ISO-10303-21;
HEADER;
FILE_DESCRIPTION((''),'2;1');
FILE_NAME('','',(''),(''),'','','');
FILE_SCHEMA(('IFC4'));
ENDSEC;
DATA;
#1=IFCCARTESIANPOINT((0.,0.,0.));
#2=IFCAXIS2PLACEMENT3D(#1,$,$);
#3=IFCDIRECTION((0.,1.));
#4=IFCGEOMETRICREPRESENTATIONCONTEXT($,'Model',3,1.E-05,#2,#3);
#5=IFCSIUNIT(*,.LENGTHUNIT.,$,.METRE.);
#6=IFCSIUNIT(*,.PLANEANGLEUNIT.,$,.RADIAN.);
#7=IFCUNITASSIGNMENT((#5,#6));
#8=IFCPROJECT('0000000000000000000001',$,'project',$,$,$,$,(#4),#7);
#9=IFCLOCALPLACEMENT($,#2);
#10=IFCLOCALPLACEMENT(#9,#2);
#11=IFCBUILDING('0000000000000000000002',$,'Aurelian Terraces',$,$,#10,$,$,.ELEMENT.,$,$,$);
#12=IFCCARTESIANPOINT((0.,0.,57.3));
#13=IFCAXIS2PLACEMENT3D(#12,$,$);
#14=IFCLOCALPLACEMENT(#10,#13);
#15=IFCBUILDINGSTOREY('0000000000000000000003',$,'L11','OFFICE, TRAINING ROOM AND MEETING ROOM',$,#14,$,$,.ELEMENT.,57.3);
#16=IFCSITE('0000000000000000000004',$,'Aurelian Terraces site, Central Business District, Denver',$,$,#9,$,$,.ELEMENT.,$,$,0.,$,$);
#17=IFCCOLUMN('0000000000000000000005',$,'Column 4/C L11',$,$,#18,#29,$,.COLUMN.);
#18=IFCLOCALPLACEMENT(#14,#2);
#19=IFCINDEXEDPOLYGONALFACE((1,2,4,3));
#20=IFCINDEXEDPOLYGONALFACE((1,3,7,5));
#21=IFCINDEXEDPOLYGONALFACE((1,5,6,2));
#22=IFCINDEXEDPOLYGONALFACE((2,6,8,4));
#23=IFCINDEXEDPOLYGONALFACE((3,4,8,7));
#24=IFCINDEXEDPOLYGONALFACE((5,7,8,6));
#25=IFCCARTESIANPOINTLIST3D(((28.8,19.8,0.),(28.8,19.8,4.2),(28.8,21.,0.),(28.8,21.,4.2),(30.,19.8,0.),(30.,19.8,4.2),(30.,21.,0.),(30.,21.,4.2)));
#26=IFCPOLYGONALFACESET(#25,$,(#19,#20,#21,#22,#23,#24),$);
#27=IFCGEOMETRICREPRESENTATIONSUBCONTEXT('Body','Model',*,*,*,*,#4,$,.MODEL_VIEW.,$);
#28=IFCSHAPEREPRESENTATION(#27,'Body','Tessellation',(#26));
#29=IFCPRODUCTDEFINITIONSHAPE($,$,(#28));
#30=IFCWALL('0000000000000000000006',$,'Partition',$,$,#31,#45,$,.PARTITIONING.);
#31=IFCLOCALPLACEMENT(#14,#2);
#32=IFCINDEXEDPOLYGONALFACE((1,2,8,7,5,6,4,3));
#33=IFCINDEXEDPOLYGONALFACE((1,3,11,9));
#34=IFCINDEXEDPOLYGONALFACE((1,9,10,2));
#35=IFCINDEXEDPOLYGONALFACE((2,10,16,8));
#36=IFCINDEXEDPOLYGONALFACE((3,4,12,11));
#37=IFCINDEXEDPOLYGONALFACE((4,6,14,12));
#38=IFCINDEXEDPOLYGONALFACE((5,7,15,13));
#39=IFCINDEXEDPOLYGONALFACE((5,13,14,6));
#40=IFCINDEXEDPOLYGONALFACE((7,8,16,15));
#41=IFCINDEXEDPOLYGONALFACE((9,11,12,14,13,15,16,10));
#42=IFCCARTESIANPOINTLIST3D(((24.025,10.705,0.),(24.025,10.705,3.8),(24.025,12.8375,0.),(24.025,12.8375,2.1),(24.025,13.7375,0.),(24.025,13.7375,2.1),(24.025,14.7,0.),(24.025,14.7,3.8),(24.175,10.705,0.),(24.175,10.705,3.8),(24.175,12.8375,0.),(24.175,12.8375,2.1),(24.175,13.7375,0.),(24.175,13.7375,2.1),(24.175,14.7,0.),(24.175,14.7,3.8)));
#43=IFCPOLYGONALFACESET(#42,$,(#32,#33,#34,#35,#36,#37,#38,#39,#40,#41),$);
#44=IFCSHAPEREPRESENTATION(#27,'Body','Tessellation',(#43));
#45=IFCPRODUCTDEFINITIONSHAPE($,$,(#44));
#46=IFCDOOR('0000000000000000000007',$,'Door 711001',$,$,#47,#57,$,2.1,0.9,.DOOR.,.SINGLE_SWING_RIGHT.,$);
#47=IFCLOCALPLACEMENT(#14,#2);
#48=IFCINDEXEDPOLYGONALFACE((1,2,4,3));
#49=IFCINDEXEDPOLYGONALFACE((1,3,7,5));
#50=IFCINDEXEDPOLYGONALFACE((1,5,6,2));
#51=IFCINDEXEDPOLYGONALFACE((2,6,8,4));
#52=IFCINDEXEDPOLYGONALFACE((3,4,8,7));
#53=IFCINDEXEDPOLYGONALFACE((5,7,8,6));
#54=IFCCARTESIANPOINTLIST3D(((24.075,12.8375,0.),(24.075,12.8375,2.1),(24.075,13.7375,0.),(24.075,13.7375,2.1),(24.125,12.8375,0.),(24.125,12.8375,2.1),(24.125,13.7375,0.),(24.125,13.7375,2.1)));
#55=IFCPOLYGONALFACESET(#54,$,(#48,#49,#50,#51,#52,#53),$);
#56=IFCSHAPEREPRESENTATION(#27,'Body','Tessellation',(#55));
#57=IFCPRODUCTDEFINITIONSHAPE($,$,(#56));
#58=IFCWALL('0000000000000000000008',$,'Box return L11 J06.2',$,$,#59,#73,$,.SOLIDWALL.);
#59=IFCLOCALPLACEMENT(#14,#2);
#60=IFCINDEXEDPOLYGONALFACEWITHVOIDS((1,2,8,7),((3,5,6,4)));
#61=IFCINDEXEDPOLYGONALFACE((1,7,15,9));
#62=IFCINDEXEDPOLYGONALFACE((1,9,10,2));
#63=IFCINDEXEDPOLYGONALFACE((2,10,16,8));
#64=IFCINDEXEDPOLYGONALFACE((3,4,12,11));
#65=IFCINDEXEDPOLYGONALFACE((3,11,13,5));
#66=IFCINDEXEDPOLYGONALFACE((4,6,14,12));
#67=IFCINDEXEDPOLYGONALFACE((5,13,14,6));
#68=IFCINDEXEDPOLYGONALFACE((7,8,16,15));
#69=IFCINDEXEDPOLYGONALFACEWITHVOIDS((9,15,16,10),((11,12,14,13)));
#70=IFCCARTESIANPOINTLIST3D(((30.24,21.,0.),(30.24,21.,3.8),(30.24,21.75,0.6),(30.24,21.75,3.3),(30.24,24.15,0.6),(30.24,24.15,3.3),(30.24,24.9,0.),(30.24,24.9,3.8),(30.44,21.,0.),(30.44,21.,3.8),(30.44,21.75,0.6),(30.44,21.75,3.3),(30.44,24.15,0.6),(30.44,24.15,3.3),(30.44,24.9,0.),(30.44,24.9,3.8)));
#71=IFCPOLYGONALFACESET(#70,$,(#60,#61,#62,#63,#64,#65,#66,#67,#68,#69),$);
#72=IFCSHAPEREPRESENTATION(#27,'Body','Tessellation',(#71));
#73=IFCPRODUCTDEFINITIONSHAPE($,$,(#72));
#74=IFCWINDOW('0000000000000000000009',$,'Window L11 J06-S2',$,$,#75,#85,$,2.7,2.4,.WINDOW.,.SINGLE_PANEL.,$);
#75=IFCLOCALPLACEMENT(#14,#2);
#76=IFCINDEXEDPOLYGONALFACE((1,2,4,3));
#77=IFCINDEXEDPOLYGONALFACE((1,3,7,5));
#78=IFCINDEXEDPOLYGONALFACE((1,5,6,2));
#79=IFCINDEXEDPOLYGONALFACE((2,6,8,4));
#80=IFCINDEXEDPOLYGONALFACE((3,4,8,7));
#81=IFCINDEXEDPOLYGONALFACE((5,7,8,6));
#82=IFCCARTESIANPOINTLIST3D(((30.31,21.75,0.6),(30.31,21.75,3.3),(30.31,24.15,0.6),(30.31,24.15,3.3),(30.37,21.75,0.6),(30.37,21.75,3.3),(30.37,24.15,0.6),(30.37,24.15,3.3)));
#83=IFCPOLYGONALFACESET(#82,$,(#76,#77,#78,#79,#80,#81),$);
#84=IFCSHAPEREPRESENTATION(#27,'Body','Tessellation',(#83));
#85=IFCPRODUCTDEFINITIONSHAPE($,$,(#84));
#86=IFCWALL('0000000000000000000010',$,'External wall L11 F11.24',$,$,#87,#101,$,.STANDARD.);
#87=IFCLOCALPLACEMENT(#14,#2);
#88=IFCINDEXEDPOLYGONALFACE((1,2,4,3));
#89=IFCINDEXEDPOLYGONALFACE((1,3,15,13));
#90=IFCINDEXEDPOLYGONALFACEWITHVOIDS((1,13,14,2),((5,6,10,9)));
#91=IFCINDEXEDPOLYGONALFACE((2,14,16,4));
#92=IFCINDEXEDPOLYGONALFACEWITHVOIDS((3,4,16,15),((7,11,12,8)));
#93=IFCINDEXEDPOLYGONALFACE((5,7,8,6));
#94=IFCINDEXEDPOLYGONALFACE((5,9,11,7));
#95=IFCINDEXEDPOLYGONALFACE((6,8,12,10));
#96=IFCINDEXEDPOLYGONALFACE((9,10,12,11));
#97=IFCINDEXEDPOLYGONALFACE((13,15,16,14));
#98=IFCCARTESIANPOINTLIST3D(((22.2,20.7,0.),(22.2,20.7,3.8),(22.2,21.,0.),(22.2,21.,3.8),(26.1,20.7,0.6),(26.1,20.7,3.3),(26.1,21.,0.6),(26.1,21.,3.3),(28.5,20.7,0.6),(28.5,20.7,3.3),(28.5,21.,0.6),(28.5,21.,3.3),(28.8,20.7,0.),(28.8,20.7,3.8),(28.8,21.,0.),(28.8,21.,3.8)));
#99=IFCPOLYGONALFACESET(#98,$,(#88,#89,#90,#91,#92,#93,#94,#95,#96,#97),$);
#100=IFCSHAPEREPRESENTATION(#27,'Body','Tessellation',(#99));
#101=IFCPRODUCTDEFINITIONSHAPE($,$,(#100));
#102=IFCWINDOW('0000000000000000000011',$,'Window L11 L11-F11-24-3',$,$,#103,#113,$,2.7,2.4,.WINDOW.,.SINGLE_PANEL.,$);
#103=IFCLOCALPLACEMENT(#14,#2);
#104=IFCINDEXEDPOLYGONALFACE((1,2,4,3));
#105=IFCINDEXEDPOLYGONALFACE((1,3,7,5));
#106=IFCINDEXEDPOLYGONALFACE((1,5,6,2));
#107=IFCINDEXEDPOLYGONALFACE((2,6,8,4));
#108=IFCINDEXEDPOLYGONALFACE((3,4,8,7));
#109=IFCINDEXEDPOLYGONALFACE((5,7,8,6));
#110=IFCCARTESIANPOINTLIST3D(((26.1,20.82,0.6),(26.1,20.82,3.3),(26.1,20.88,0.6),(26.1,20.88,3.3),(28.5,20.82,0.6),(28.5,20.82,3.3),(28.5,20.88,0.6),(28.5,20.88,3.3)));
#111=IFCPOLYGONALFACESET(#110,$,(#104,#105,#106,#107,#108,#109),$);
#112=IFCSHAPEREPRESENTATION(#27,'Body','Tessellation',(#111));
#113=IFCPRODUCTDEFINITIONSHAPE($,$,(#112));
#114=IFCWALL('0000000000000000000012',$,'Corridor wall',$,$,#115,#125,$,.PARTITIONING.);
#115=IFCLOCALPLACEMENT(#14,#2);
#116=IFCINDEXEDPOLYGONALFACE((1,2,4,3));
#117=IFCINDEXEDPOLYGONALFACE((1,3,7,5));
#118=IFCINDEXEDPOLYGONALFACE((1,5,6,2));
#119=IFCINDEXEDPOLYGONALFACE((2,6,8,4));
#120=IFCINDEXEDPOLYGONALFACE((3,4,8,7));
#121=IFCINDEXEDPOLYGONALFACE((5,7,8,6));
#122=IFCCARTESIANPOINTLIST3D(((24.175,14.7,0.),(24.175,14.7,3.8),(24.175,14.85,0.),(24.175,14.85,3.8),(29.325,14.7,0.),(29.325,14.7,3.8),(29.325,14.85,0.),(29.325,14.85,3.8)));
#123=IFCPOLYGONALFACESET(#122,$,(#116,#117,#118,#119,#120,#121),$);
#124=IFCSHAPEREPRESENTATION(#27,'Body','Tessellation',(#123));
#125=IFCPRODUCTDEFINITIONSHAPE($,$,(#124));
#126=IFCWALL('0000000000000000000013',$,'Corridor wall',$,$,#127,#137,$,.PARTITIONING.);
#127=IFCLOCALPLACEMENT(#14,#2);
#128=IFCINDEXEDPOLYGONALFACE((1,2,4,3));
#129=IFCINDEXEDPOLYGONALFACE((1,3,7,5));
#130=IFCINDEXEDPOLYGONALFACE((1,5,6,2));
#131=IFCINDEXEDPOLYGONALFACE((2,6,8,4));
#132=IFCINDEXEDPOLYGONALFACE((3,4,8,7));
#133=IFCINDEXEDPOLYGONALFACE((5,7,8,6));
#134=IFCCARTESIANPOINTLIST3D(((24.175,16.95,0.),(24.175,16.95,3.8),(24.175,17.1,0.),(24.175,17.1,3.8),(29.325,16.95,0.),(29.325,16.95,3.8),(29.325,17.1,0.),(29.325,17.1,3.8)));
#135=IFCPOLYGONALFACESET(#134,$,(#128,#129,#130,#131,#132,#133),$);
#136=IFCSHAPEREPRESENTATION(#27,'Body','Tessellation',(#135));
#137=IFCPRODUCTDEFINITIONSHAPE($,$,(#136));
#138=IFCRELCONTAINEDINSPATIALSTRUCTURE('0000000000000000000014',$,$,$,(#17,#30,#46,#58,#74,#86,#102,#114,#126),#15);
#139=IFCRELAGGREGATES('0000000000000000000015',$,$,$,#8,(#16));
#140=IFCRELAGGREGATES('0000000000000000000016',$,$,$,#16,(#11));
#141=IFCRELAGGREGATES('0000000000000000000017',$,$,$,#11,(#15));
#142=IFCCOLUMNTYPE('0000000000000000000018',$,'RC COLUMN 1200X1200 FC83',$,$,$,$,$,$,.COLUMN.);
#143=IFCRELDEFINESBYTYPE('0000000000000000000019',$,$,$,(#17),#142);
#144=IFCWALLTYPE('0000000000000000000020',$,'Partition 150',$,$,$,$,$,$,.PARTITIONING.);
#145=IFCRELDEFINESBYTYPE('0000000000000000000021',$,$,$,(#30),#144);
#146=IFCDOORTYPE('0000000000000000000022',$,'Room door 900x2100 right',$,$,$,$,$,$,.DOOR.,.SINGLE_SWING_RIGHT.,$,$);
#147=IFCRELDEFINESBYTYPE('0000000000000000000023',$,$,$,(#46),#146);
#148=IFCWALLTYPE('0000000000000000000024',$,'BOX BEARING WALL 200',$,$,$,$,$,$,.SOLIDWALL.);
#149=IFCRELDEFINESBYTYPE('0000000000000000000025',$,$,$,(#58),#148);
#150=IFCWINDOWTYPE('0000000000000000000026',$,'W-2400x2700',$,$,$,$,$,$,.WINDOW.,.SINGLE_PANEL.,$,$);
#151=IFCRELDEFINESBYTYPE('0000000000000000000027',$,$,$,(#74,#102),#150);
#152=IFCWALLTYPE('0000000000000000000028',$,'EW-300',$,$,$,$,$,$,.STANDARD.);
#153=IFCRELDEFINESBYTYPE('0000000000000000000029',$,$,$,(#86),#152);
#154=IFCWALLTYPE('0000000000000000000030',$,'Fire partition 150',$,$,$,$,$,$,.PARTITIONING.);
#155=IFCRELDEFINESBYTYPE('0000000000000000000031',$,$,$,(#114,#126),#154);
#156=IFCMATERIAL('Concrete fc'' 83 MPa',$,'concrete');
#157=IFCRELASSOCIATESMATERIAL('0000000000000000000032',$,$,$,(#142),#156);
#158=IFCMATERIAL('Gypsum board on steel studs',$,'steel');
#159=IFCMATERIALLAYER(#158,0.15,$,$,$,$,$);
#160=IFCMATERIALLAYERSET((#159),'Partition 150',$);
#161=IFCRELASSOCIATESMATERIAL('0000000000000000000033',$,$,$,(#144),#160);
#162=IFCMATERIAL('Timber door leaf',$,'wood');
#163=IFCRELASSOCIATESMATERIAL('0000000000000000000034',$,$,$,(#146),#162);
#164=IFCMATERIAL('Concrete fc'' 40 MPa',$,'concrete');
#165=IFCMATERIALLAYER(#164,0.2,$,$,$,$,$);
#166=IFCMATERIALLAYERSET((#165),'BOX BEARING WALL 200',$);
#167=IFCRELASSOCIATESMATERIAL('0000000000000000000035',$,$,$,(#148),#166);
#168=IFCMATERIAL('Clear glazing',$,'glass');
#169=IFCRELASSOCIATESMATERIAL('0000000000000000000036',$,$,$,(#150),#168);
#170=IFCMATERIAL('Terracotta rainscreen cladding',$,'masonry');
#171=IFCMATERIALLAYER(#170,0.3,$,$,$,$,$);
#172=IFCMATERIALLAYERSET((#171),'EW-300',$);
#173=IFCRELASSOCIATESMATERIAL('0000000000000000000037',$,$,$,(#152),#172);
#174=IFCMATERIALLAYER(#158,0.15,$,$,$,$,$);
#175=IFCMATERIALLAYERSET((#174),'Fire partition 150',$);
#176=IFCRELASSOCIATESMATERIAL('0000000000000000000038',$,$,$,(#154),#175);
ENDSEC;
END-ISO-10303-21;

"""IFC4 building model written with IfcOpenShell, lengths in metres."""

from ifc_helpers import new_model, si_unit, direction, frame, frame_2d, origin, origin_2d, place, context, subcontext, project, spatial, rectangle, extrude, source, transform, mapped, material, layer, layer_set, material_profile, profile_set, type_object, element, fill, save


model = new_model("IFC4")

# Units and contexts
model_context = context("Model", 3, precision=1e-05, world=origin(), true_north=direction((0.0, 1.0)))
body_context = subcontext(model_context, "Body", "Model", "MODEL_VIEW")
ifc_project = project(units=[si_unit("LENGTHUNIT", "METRE"), si_unit("PLANEANGLEUNIT", "RADIAN")], contexts=[model_context])

# Site, building, storey
site_placement = place(None, origin())
site = spatial("IfcSite", under=ifc_project, at=site_placement, Name="Aurelian Terraces site, Central Business District, Denver", CompositionType="ELEMENT", RefElevation=0.0)
building_placement = place(site_placement, origin())
building = spatial("IfcBuilding", under=site, at=building_placement, Name="Aurelian Terraces", CompositionType="ELEMENT")
storey_placement = place(building_placement, frame((0.0, 0.0, 57.3)))
storey = spatial("IfcBuildingStorey", under=building, at=storey_placement, Name="L11", Description="OFFICE, TRAINING ROOM AND MEETING ROOM", CompositionType="ELEMENT", Elevation=57.3)

# Column
ifc_material_1 = material(Name="Concrete fc' 83 MPa", Category="concrete")
ifc_material_profile = material_profile(ifc_material_1, rectangle(XDim=1.2, YDim=1.2, at=origin_2d()))
ifc_profile_set = profile_set([ifc_material_profile], Name="Concrete fc' 83 MPa")
column_type = type_object("IfcColumnType", Name="RC COLUMN 1200X1200 FC83", PredefinedType="COLUMN", material=ifc_profile_set)
shared_shape_1 = source(origin(), body_context, "Body", "SweptSolid", [
    extrude(rectangle(XDim=1.2, YDim=1.2, at=origin_2d()), origin(), (0.0, 0.0, 1.0), 4.2),
])
column_placement = place(storey_placement, frame((29.4, 20.4, 0.0), z_axis=(0.0, 0.0, 1.0), x_axis=(1.0, 0.0, 0.0)))
element("IfcColumn", 1, at=column_placement, inside=storey, type_object=column_type, Name="Column 4/C L11", PredefinedType="COLUMN", context=body_context, shape_type="MappedRepresentation", body=[
    mapped(shared_shape_1, transform((0.0, 0.0, 0.0), scale=1.0)),
])

# Wall, opening, door
ifc_material_2 = material(Name="Gypsum board on steel studs", Category="steel")
ifc_layer_1 = layer(ifc_material_2, 0.15)
ifc_layer_set_1 = layer_set([ifc_layer_1], Name="Partition 150")
wall_type_1 = type_object("IfcWallType", Name="Partition 150", PredefinedType="PARTITIONING", material=ifc_layer_set_1)
wall_1_placement = place(storey_placement, frame((24.1, 14.7, 0.0), z_axis=(0.0, 0.0, 1.0), x_axis=(0.0, -1.0, 0.0)))
wall_1 = element("IfcWall", 2, at=wall_1_placement, inside=storey, type_object=wall_type_1, Name="Partition", PredefinedType="PARTITIONING", context=body_context, shape_type="SweptSolid", body=[
    extrude(rectangle(XDim=3.995, YDim=0.15, at=frame_2d((1.9975, 0.0))), origin(), (0.0, 0.0, 1.0), 3.8),
])
shared_shape_2 = source(origin(), body_context, "Body", "SweptSolid", [
    extrude(rectangle(XDim=0.9, YDim=2.1, at=frame_2d((0.45, 1.05))), frame((0.0, 0.085, 0.0), z_axis=(0.0, -1.0, 0.0), x_axis=(1.0, 0.0, 0.0)), (0.0, 0.0, 1.0), 0.17),
])
opening_1_placement = place(wall_1_placement, frame((0.9625, 0.0, 0.0)))
opening_1 = element("IfcOpeningElement", 3, at=opening_1_placement, cuts=wall_1, PredefinedType="OPENING", context=body_context, shape_type="MappedRepresentation", body=[
    mapped(shared_shape_2, transform((0.0, 0.0, 0.0), scale=1.0)),
])
ifc_material_3 = material(Name="Timber door leaf", Category="wood")
door_type_1 = type_object("IfcDoorType", Name="Room door 900x2100 right", OperationType="SINGLE_SWING_RIGHT", PredefinedType="DOOR", material=ifc_material_3)
shared_shape_3 = source(origin(), body_context, "Body", "SweptSolid", [
    extrude(rectangle(XDim=0.9, YDim=2.1, at=frame_2d((0.45, 1.05))), frame((0.0, 0.025, 0.0), z_axis=(0.0, -1.0, 0.0), x_axis=(1.0, 0.0, 0.0)), (0.0, 0.0, 1.0), 0.05),
])
door_1_placement = place(opening_1_placement, origin())
door_1 = element("IfcDoor", 4, at=door_1_placement, inside=storey, type_object=door_type_1, Name="Door 711001", OperationType="SINGLE_SWING_RIGHT", OverallHeight=2.1, OverallWidth=0.9, PredefinedType="DOOR", context=body_context, shape_type="MappedRepresentation", body=[
    mapped(shared_shape_3, transform((0.0, 0.0, 0.0), scale=1.0)),
])
fill(opening_1, door_1)

# Walls, openings, windows
ifc_material_4 = material(Name="Concrete fc' 40 MPa", Category="concrete")
ifc_layer_2 = layer(ifc_material_4, 0.2)
ifc_layer_set_2 = layer_set([ifc_layer_2], Name="BOX BEARING WALL 200")
wall_type_2 = type_object("IfcWallType", Name="BOX BEARING WALL 200", PredefinedType="SOLIDWALL", material=ifc_layer_set_2)
shared_shape_4 = source(origin(), body_context, "Body", "SweptSolid", [
    extrude(rectangle(XDim=3.9, YDim=0.2, at=frame_2d((1.95, 0.0))), origin(), (0.0, 0.0, 1.0), 3.8),
])
wall_2_placement = place(storey_placement, frame((30.34, 21.0, 0.0), z_axis=(0.0, 0.0, 1.0), x_axis=(0.0, 1.0, 0.0)))
wall_2 = element("IfcWall", 5, at=wall_2_placement, inside=storey, type_object=wall_type_2, Name="Box return L11 J06.2", PredefinedType="SOLIDWALL", context=body_context, shape_type="MappedRepresentation", body=[
    mapped(shared_shape_4, transform((0.0, 0.0, 0.0), scale=1.0)),
])
shared_shape_5 = source(origin(), body_context, "Body", "SweptSolid", [
    extrude(rectangle(XDim=2.4, YDim=2.7, at=frame_2d((1.2, 1.35))), frame((0.0, 0.11, 0.0), z_axis=(0.0, -1.0, 0.0), x_axis=(1.0, 0.0, 0.0)), (0.0, 0.0, 1.0), 0.22),
])
opening_2_placement = place(wall_2_placement, frame((0.75, 0.0, 0.6)))
opening_2 = element("IfcOpeningElement", 6, at=opening_2_placement, cuts=wall_2, PredefinedType="OPENING", context=body_context, shape_type="MappedRepresentation", body=[
    mapped(shared_shape_5, transform((0.0, 0.0, 0.0), scale=1.0)),
])
ifc_material_5 = material(Name="Clear glazing", Category="glass")
window_type = type_object("IfcWindowType", Name="W-2400x2700", PartitioningType="SINGLE_PANEL", PredefinedType="WINDOW", material=ifc_material_5)
shared_shape_6 = source(origin(), body_context, "Body", "SweptSolid", [
    extrude(rectangle(XDim=2.4, YDim=2.7, at=frame_2d((1.2, 1.35))), frame((0.0, 0.03, 0.0), z_axis=(0.0, -1.0, 0.0), x_axis=(1.0, 0.0, 0.0)), (0.0, 0.0, 1.0), 0.06),
])
window_1_placement = place(opening_2_placement, origin())
window_1 = element("IfcWindow", 7, at=window_1_placement, inside=storey, type_object=window_type, Name="Window L11 J06-S2", OverallHeight=2.7, OverallWidth=2.4, PartitioningType="SINGLE_PANEL", PredefinedType="WINDOW", context=body_context, shape_type="MappedRepresentation", body=[
    mapped(shared_shape_6, transform((0.0, 0.0, 0.0), scale=1.0)),
])
fill(opening_2, window_1)
ifc_material_6 = material(Name="Terracotta rainscreen cladding", Category="masonry")
ifc_layer_3 = layer(ifc_material_6, 0.3)
ifc_layer_set_3 = layer_set([ifc_layer_3], Name="EW-300")
wall_type_3 = type_object("IfcWallType", Name="EW-300", PredefinedType="STANDARD", material=ifc_layer_set_3)
shared_shape_7 = source(origin(), body_context, "Body", "SweptSolid", [
    extrude(rectangle(XDim=6.6, YDim=0.3, at=frame_2d((3.3, 0.0))), origin(), (0.0, 0.0, 1.0), 3.8),
])
wall_3_placement = place(storey_placement, frame((28.8, 20.85, 0.0), z_axis=(0.0, 0.0, 1.0), x_axis=(-1.0, 0.0, 0.0)))
wall_3 = element("IfcWall", 8, at=wall_3_placement, inside=storey, type_object=wall_type_3, Name="External wall L11 F11.24", PredefinedType="STANDARD", context=body_context, shape_type="MappedRepresentation", body=[
    mapped(shared_shape_7, transform((0.0, 0.0, 0.0), scale=1.0)),
])
shared_shape_8 = source(origin(), body_context, "Body", "SweptSolid", [
    extrude(rectangle(XDim=2.4, YDim=2.7, at=frame_2d((1.2, 1.35))), frame((0.0, 0.16, 0.0), z_axis=(0.0, -1.0, 0.0), x_axis=(1.0, 0.0, 0.0)), (0.0, 0.0, 1.0), 0.32),
])
opening_3_placement = place(wall_3_placement, frame((0.3, 0.0, 0.6)))
opening_3 = element("IfcOpeningElement", 9, at=opening_3_placement, cuts=wall_3, PredefinedType="OPENING", context=body_context, shape_type="MappedRepresentation", body=[
    mapped(shared_shape_8, transform((0.0, 0.0, 0.0), scale=1.0)),
])
window_2_placement = place(opening_3_placement, origin())
window_2 = element("IfcWindow", 10, at=window_2_placement, inside=storey, type_object=window_type, Name="Window L11 L11-F11-24-3", OverallHeight=2.7, OverallWidth=2.4, PartitioningType="SINGLE_PANEL", PredefinedType="WINDOW", context=body_context, shape_type="MappedRepresentation", body=[
    mapped(shared_shape_6, transform((0.0, 0.0, 0.0), scale=1.0)),
])
fill(opening_3, window_2)

# Walls
ifc_layer_4 = layer(ifc_material_2, 0.15)
ifc_layer_set_4 = layer_set([ifc_layer_4], Name="Fire partition 150")
wall_type_4 = type_object("IfcWallType", Name="Fire partition 150", PredefinedType="PARTITIONING", material=ifc_layer_set_4)
shared_shape_9 = source(origin(), body_context, "Body", "SweptSolid", [
    extrude(rectangle(XDim=5.15, YDim=0.15, at=frame_2d((2.575, 0.0))), origin(), (0.0, 0.0, 1.0), 3.8),
])
for number, where, z_axis, x_axis, name in (
    (11, (29.325, 14.775, 0.0), (0.0, 0.0, 1.0), (-1.0, 0.0, 0.0), "Corridor wall"),
    (12, (24.175, 17.025, 0.0), (0.0, 0.0, 1.0), (1.0, 0.0, 0.0), "Corridor wall"),
):
    element("IfcWall", number, at=place(storey_placement, frame(where, z_axis=z_axis, x_axis=x_axis)), inside=storey, type_object=wall_type_4, Name=name, PredefinedType="PARTITIONING", context=body_context, shape_type="MappedRepresentation", body=[
        mapped(shared_shape_9, transform((0.0, 0.0, 0.0), scale=1.0)),
    ])

save(model, "model.ifc")
